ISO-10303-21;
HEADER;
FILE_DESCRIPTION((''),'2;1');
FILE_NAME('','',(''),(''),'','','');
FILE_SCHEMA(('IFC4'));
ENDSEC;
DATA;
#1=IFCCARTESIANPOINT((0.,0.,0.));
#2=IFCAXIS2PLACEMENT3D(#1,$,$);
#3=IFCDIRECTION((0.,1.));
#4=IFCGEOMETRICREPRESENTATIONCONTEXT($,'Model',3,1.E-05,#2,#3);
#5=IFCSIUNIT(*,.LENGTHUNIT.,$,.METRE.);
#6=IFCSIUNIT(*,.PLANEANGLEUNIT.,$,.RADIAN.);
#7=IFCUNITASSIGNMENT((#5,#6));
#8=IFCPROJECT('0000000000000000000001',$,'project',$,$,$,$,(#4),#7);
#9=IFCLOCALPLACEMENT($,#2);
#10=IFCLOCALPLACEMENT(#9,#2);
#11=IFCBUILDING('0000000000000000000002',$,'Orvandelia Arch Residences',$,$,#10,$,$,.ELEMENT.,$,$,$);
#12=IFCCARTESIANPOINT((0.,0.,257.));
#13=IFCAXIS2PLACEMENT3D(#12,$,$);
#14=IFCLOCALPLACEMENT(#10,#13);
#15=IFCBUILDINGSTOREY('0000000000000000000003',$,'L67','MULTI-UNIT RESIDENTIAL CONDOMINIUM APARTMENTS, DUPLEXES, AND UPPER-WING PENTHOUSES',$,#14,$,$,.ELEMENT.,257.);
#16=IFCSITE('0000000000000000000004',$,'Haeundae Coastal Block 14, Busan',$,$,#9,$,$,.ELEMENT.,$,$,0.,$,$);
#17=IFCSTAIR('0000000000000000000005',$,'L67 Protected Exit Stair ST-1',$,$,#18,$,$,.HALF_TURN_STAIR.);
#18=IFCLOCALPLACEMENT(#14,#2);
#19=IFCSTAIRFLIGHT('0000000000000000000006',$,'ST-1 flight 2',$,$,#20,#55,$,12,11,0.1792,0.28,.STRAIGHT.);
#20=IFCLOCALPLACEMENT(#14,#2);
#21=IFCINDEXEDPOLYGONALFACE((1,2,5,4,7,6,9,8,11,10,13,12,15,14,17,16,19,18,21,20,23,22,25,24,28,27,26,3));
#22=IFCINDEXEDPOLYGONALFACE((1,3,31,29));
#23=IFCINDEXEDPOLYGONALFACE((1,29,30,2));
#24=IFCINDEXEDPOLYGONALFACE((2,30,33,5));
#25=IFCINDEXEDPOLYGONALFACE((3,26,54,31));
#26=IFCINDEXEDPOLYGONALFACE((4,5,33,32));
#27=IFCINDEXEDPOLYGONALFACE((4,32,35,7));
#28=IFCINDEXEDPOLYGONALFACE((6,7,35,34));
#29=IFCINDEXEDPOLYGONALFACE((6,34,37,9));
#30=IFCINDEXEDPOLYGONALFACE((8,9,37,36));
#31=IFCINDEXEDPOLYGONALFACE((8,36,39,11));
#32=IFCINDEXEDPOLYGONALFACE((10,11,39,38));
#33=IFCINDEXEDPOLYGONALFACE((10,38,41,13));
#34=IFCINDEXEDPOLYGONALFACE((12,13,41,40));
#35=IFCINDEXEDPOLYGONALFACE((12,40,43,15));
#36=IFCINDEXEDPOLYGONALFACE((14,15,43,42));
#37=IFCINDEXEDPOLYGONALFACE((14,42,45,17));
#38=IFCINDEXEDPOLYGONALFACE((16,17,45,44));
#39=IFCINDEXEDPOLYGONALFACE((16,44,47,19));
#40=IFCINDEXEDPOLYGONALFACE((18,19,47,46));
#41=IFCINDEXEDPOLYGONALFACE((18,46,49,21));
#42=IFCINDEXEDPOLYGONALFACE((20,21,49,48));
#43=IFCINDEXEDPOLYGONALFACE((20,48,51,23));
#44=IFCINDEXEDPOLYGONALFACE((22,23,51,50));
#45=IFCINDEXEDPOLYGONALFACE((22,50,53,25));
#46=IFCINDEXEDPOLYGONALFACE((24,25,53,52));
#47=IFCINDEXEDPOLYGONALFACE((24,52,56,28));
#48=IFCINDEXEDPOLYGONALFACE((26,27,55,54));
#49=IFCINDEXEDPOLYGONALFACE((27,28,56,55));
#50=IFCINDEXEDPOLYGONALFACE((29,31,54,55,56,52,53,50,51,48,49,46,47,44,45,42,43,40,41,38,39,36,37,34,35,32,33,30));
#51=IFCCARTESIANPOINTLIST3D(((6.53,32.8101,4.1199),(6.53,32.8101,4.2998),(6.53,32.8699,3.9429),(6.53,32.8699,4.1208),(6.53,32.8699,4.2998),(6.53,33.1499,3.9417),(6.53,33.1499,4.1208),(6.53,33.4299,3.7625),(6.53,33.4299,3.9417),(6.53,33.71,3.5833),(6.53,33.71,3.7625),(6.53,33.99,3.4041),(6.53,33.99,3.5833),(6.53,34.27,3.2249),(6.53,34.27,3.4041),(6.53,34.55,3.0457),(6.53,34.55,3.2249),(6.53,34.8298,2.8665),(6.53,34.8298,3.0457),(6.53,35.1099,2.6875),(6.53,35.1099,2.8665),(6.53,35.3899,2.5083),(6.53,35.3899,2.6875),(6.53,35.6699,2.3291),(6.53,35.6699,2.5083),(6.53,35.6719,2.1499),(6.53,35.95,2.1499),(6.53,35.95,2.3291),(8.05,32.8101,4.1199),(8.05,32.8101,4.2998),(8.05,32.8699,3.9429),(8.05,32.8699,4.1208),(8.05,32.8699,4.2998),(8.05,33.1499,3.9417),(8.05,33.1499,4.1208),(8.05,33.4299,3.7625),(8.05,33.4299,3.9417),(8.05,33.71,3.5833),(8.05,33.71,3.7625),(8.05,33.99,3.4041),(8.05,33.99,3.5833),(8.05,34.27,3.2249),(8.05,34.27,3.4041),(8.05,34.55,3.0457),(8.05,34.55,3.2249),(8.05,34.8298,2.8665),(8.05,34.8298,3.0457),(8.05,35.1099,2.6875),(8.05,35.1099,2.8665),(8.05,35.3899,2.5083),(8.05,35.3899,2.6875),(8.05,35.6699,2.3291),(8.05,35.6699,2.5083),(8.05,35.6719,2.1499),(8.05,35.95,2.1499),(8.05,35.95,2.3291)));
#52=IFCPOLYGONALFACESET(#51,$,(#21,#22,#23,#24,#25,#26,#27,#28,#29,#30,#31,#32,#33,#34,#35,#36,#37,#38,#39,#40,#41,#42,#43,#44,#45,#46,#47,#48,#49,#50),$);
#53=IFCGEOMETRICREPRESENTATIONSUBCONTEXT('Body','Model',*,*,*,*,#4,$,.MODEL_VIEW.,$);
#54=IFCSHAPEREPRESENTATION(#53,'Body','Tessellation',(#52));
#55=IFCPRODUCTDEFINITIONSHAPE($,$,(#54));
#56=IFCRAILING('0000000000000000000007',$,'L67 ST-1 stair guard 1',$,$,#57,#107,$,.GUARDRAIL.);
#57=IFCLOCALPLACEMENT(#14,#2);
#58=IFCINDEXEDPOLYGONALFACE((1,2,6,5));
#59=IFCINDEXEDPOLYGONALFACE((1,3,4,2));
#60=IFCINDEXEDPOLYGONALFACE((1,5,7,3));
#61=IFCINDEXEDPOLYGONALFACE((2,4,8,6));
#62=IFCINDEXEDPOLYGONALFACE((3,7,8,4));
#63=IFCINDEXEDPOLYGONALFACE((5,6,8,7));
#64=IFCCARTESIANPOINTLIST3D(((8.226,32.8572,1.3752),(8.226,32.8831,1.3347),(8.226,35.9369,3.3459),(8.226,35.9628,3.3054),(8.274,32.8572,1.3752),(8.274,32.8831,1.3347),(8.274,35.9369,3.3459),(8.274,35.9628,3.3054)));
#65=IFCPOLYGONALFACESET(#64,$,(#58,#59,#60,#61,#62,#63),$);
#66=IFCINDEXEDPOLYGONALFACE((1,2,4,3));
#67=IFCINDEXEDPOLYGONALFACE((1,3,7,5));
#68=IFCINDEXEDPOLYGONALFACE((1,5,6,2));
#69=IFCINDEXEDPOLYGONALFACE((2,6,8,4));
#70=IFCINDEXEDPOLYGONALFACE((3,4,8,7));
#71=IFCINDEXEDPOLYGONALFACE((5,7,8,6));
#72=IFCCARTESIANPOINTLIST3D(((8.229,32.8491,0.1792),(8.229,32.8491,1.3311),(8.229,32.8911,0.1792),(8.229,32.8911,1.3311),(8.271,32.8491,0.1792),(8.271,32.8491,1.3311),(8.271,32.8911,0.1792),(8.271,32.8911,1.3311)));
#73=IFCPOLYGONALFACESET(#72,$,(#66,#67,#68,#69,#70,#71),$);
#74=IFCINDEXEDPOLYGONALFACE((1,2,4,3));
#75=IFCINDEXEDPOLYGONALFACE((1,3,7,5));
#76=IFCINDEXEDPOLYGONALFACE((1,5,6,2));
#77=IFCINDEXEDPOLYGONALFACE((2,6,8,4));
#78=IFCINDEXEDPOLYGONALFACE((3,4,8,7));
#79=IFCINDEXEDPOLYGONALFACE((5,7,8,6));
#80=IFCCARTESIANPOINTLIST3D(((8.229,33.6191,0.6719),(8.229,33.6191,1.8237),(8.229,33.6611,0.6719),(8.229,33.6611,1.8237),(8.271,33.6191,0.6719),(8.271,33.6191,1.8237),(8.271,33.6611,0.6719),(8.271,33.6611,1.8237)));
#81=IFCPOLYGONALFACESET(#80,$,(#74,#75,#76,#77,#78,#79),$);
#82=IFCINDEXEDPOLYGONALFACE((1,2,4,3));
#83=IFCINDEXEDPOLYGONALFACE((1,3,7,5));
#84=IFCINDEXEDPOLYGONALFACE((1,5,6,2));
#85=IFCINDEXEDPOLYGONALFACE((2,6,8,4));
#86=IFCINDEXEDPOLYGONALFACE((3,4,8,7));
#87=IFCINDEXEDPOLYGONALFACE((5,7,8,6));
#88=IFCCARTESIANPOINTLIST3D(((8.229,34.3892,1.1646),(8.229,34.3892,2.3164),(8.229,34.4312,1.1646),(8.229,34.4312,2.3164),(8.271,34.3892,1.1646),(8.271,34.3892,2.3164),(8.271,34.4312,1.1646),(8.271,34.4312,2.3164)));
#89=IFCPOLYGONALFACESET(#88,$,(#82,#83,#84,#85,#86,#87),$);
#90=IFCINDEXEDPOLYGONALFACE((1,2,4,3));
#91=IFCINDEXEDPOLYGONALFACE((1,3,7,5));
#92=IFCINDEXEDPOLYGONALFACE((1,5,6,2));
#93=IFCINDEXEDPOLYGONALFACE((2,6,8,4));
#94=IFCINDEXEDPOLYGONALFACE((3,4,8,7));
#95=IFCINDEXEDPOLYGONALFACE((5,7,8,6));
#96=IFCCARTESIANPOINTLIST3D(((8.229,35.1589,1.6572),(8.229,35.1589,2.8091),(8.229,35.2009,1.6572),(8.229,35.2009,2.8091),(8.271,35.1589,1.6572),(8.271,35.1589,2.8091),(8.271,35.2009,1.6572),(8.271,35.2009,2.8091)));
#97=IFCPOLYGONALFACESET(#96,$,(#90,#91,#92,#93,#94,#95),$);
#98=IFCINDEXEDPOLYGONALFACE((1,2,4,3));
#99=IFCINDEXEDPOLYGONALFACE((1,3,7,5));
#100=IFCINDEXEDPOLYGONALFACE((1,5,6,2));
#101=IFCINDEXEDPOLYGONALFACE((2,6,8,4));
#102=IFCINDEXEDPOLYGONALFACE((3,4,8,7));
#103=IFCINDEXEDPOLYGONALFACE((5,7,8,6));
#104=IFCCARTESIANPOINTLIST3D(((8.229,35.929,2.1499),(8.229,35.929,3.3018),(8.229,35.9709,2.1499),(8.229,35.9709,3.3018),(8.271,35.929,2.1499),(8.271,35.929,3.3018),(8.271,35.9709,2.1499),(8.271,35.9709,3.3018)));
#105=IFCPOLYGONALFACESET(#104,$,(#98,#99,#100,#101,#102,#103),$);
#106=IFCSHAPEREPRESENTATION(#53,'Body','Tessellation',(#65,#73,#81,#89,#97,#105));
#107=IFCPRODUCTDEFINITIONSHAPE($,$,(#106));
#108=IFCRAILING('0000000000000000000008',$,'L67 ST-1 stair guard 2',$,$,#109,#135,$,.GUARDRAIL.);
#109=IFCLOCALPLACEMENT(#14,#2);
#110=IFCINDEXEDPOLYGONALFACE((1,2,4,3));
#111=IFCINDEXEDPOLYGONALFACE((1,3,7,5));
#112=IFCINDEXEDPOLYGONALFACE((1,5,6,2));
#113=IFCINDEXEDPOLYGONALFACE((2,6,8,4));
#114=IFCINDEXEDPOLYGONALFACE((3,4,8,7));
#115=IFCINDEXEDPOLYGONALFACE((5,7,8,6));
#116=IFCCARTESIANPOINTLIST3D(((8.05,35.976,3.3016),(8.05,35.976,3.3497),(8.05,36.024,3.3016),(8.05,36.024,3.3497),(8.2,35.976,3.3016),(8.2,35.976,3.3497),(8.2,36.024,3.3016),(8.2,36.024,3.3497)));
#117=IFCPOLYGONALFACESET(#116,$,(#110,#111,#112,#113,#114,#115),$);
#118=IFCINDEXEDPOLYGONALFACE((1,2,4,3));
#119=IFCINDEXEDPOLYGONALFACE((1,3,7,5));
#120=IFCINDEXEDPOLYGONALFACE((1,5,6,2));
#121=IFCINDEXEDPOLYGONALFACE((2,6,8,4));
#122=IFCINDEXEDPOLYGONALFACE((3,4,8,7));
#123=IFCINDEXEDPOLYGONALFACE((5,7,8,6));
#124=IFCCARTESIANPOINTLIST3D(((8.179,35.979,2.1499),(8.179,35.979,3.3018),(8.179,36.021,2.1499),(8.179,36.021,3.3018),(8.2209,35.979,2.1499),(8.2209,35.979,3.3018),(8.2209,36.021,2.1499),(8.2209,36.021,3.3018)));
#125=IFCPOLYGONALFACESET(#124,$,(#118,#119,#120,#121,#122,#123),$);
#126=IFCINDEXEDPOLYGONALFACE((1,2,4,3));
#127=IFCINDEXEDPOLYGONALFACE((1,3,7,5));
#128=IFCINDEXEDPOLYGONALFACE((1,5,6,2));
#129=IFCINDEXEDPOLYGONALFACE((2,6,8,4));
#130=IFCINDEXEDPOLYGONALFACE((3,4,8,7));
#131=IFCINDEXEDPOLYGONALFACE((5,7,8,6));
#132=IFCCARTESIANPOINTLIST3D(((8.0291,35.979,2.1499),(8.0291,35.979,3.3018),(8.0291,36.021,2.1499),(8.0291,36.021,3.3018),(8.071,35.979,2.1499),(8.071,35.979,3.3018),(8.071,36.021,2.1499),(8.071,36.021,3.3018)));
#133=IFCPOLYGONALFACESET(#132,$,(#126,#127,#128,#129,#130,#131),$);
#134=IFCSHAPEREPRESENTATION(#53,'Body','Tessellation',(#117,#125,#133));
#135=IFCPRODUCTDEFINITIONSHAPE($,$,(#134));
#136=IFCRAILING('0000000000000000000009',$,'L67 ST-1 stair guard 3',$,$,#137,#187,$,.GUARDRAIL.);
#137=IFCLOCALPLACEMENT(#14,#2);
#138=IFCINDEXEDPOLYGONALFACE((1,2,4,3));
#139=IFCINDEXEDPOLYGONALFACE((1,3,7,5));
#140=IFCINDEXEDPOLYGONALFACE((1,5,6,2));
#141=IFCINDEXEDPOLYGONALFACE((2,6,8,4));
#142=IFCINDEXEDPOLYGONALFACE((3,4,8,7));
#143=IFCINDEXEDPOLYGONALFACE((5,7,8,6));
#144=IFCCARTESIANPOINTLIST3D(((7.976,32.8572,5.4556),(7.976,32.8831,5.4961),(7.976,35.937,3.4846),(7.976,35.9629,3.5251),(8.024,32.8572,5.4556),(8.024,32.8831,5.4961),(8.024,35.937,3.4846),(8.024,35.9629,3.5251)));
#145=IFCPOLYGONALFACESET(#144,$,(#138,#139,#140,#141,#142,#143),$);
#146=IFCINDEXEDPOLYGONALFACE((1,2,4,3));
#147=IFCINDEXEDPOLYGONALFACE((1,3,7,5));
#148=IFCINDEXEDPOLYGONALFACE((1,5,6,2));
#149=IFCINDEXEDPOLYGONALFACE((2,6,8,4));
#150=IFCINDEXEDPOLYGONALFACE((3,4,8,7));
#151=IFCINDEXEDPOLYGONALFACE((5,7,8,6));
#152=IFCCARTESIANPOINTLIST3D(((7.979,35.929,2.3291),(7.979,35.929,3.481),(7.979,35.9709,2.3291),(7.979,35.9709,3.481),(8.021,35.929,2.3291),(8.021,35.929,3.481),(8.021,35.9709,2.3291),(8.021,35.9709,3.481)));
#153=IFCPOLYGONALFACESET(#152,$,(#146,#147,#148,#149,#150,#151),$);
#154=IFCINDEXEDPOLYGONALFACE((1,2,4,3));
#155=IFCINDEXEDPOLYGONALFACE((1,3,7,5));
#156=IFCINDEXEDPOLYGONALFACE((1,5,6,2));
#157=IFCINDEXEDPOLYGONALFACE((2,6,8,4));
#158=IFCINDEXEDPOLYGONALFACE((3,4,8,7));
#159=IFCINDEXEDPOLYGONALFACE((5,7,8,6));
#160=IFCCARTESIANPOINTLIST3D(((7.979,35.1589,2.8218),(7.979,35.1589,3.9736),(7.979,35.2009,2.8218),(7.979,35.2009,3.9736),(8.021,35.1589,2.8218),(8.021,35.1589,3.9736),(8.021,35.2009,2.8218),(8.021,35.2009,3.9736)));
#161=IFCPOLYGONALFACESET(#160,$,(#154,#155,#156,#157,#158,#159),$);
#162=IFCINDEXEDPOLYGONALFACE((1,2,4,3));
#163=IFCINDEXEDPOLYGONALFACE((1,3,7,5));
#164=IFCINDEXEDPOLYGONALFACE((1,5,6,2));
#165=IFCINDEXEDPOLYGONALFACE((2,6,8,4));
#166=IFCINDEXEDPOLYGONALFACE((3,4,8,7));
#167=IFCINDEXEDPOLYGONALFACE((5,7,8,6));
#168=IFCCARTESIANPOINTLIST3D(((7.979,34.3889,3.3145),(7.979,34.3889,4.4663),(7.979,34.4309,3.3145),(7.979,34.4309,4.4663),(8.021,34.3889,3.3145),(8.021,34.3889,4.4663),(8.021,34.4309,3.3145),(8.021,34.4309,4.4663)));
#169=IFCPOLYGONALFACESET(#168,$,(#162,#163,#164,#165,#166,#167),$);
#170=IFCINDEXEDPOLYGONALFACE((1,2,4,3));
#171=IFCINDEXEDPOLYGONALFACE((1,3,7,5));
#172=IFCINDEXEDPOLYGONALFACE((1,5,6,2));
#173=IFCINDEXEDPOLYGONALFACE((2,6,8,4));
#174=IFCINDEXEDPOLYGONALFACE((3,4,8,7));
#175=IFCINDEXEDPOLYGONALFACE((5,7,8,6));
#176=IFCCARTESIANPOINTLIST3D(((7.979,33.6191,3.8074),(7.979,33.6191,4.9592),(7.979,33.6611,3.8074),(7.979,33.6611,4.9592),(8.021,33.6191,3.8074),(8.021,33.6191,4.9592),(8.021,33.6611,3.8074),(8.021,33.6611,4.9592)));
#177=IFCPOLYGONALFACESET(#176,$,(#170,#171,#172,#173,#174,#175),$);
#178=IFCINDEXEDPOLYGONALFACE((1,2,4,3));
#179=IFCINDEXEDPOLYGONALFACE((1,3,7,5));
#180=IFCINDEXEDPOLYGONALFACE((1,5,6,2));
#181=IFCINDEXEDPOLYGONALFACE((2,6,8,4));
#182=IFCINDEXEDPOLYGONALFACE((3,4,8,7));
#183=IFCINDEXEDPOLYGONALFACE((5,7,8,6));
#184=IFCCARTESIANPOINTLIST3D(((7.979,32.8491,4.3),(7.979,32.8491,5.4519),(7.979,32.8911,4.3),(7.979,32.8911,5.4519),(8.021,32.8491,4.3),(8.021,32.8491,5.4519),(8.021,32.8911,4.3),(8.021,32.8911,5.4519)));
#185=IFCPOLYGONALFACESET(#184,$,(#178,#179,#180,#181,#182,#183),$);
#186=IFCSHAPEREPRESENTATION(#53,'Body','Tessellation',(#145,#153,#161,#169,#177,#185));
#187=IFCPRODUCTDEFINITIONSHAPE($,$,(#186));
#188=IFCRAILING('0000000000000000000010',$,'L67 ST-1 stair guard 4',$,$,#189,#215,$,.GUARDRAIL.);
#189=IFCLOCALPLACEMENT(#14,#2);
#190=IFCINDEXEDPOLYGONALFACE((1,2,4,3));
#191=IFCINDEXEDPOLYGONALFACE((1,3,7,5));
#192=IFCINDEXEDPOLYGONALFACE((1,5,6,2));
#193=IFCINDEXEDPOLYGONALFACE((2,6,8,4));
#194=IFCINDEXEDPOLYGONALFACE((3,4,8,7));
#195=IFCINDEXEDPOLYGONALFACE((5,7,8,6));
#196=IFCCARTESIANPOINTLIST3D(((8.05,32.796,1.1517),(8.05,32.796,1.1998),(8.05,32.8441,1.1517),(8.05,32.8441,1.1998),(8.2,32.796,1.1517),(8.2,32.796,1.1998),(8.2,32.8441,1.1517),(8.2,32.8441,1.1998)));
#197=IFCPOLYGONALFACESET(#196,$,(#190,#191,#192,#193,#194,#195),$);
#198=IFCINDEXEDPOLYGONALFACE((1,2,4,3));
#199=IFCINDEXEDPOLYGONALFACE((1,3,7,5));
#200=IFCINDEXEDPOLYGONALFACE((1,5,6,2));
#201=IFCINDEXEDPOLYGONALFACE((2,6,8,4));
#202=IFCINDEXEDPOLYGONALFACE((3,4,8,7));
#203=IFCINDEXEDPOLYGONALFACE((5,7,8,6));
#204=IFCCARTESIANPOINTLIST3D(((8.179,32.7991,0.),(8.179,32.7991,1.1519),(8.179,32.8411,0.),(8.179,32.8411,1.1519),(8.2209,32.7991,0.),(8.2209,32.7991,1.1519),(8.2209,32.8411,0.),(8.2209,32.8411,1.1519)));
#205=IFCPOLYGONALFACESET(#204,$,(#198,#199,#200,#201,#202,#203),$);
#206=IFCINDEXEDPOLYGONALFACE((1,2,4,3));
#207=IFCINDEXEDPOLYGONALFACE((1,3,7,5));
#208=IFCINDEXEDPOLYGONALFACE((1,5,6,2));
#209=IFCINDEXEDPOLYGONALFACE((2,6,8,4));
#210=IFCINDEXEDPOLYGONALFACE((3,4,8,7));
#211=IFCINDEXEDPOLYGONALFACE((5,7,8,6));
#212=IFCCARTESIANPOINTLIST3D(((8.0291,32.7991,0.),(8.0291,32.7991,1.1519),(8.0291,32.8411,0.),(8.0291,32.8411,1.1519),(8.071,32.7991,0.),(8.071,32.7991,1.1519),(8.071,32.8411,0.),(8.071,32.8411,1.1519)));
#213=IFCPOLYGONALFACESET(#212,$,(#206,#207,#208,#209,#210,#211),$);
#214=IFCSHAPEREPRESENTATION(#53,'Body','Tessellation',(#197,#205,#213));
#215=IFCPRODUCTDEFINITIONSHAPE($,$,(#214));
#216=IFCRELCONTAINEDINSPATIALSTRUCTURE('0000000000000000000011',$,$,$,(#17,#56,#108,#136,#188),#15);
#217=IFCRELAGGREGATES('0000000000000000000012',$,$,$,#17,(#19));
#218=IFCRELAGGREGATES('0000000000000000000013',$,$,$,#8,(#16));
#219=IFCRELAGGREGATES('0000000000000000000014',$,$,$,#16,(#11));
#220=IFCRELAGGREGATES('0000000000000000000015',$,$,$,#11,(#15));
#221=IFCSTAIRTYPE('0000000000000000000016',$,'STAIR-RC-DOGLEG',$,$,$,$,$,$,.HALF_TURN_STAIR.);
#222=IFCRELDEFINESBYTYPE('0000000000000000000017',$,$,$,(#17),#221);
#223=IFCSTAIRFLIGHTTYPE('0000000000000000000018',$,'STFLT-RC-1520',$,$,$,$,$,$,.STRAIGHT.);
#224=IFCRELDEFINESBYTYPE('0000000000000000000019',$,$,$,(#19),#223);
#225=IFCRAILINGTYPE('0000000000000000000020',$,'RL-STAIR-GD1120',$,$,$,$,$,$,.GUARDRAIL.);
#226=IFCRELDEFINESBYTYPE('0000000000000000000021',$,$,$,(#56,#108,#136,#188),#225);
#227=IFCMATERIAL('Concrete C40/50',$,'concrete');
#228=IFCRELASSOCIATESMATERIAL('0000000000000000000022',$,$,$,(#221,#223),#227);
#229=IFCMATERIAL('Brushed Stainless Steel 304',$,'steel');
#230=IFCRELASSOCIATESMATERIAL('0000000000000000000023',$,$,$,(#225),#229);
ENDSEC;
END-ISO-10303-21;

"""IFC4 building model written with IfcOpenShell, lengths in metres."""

from ifc_helpers import new_model, si_unit, direction, frame, origin, origin_2d, place, context, subcontext, project, spatial, polyline, rectangle, outline, extrude, material, type_object, element, aggregate, save


model = new_model("IFC4")

# Units and contexts
model_context = context("Model", 3, precision=1e-05, world=origin(), true_north=direction((0.0, 1.0)))
body_context = subcontext(model_context, "Body", "Model", "MODEL_VIEW")
ifc_project = project(units=[si_unit("LENGTHUNIT", "METRE"), si_unit("PLANEANGLEUNIT", "RADIAN")], contexts=[model_context])

# Site, building, storey
site_placement = place(None, origin())
site = spatial("IfcSite", under=ifc_project, at=site_placement, Name="Haeundae Coastal Block 14, Busan", CompositionType="ELEMENT", RefElevation=0.0)
building_placement = place(site_placement, origin())
building = spatial("IfcBuilding", under=site, at=building_placement, Name="Orvandelia Arch Residences", CompositionType="ELEMENT")
storey_placement = place(building_placement, frame((0.0, 0.0, 257.0)))
storey = spatial("IfcBuildingStorey", under=building, at=storey_placement, Name="L67", Description="MULTI-UNIT RESIDENTIAL CONDOMINIUM APARTMENTS, DUPLEXES, AND UPPER-WING PENTHOUSES", CompositionType="ELEMENT", Elevation=257.0)

# Stair, stair flight
ifc_material_1 = material(Name="Concrete C40/50", Category="concrete")
stair_type = type_object("IfcStairType", Name="STAIR-RC-DOGLEG", PredefinedType="HALF_TURN_STAIR", material=ifc_material_1)
stair_placement = place(storey_placement, origin())
stair = element("IfcStair", 1, at=stair_placement, inside=storey, type_object=stair_type, Name="L67 Protected Exit Stair ST-1", PredefinedType="HALF_TURN_STAIR")
stair_flight_type = type_object("IfcStairFlightType", Name="STFLT-RC-1520", PredefinedType="STRAIGHT", material=ifc_material_1)
stair_flight_1_placement = place(storey_placement, frame((7.29, 35.95, 2.1499), z_axis=(0.0, 0.0, 1.0), x_axis=(0.0, -1.0, 0.0)))
stair_flight_1 = element("IfcStairFlight", 2, at=stair_flight_1_placement, type_object=stair_flight_type, Name="ST-1 flight 2", NumberOfRisers=12, NumberOfTreads=11, PredefinedType="STRAIGHT", RiserHeight=0.1792, TreadLength=0.28, context=body_context, shape_type="SweptSolid", body=[
    extrude(outline(polyline([(0.0, 0.0), (0.0, 0.1792), (0.28, 0.1792), (0.28, 0.3584), (0.5601, 0.3584), (0.5601, 0.5376), (0.8401, 0.5376), (0.8401, 0.7166), (1.1201, 0.7166), (1.1201, 0.8958), (1.3999, 0.8958), (1.3999, 1.075), (1.6799, 1.075), (1.6799, 1.2542), (1.96, 1.2542), (1.96, 1.4333), (2.24, 1.4333), (2.24, 1.6125), (2.52, 1.6125), (2.52, 1.7917), (2.8, 1.7917), (2.8, 1.9709), (3.0801, 1.9709), (3.0801, 2.1499), (3.1399, 2.1499), (3.1399, 1.97), (3.0801, 1.793), (0.2781, 0.0), (0.0, 0.0)])), frame((0.0, 0.76, 0.0), z_axis=(0.0, -1.0, 0.0), x_axis=(1.0, 0.0, 0.0)), (0.0, 0.0, 1.0), 1.52),
])
aggregate(stair, [stair_flight_1])

# Railings
ifc_material_2 = material(Name="Brushed Stainless Steel 304", Category="steel")
railing_type_1 = type_object("IfcRailingType", Name="RL-STAIR-GD1120", PredefinedType="GUARDRAIL", material=ifc_material_2)
railing_1_placement = place(storey_placement, frame((8.25, 32.8701, 0.1792)))
element("IfcRailing", 3, at=railing_1_placement, inside=storey, type_object=railing_type_1, Name="L67 ST-1 stair guard 1", PredefinedType="GUARDRAIL", context=body_context, shape_type="SweptSolid", body=[
    extrude(rectangle(XDim=0.0481, YDim=0.0481, at=origin_2d()), frame((0.0, 0.0, 1.1758), z_axis=(0.0, 0.84232, 0.538978), x_axis=(-1.0, 0.0, 0.0)), (0.0, 0.0, 1.0), 3.6562),
    extrude(rectangle(XDim=0.042, YDim=0.042, at=origin_2d()), origin(), (0.0, 0.0, 1.0), 1.1519),
    extrude(rectangle(XDim=0.042, YDim=0.042, at=origin_2d()), frame((0.0, 0.77, 0.4927)), (0.0, 0.0, 1.0), 1.1519),
    extrude(rectangle(XDim=0.042, YDim=0.042, at=origin_2d()), frame((0.0, 1.54, 0.9854)), (0.0, 0.0, 1.0), 1.1519),
    extrude(rectangle(XDim=0.042, YDim=0.042, at=origin_2d()), frame((0.0, 2.3098, 1.478)), (0.0, 0.0, 1.0), 1.1519),
    extrude(rectangle(XDim=0.042, YDim=0.042, at=origin_2d()), frame((0.0, 3.0798, 1.9707)), (0.0, 0.0, 1.0), 1.1519),
])
railing_2_placement = place(storey_placement, frame((8.2, 36.0, 2.1499)))
element("IfcRailing", 4, at=railing_2_placement, inside=storey, type_object=railing_type_1, Name="L67 ST-1 stair guard 2", PredefinedType="GUARDRAIL", context=body_context, shape_type="SweptSolid", body=[
    extrude(rectangle(XDim=0.0481, YDim=0.0481, at=origin_2d()), frame((0.0, 0.0, 1.1758), z_axis=(-1.0, 0.0, 0.0), x_axis=(0.0, -1.0, 0.0)), (0.0, 0.0, 1.0), 0.1499),
    extrude(rectangle(XDim=0.042, YDim=0.042, at=origin_2d()), origin(), (0.0, 0.0, 1.0), 1.1519),
    extrude(rectangle(XDim=0.042, YDim=0.042, at=origin_2d()), frame((-0.1499, 0.0, 0.0)), (0.0, 0.0, 1.0), 1.1519),
])
railing_3_placement = place(storey_placement, frame((8.0, 35.95, 2.3291)))
element("IfcRailing", 5, at=railing_3_placement, inside=storey, type_object=railing_type_1, Name="L67 ST-1 stair guard 3", PredefinedType="GUARDRAIL", context=body_context, shape_type="SweptSolid", body=[
    extrude(rectangle(XDim=0.0481, YDim=0.0481, at=origin_2d()), frame((0.0, 0.0, 1.1758), z_axis=(0.0, -0.84229, 0.539025), x_axis=(1.0, 0.0, 0.0)), (0.0, 0.0, 1.0), 3.6565),
    extrude(rectangle(XDim=0.042, YDim=0.042, at=origin_2d()), origin(), (0.0, 0.0, 1.0), 1.1519),
    extrude(rectangle(XDim=0.042, YDim=0.042, at=origin_2d()), frame((0.0, -0.77, 0.4927)), (0.0, 0.0, 1.0), 1.1519),
    extrude(rectangle(XDim=0.042, YDim=0.042, at=origin_2d()), frame((0.0, -1.54, 0.9854)), (0.0, 0.0, 1.0), 1.1519),
    extrude(rectangle(XDim=0.042, YDim=0.042, at=origin_2d()), frame((0.0, -2.3098, 1.4783)), (0.0, 0.0, 1.0), 1.1519),
    extrude(rectangle(XDim=0.042, YDim=0.042, at=origin_2d()), frame((0.0, -3.0798, 1.9709)), (0.0, 0.0, 1.0), 1.1519),
])
railing_4_placement = place(storey_placement, frame((8.2, 32.8201, 0.0)))
element("IfcRailing", 6, at=railing_4_placement, inside=storey, type_object=railing_type_1, Name="L67 ST-1 stair guard 4", PredefinedType="GUARDRAIL", context=body_context, shape_type="SweptSolid", body=[
    extrude(rectangle(XDim=0.0481, YDim=0.0481, at=origin_2d()), frame((0.0, 0.0, 1.1758), z_axis=(-1.0, 0.0, 0.0), x_axis=(0.0, -1.0, 0.0)), (0.0, 0.0, 1.0), 0.1499),
    extrude(rectangle(XDim=0.042, YDim=0.042, at=origin_2d()), origin(), (0.0, 0.0, 1.0), 1.1519),
    extrude(rectangle(XDim=0.042, YDim=0.042, at=origin_2d()), frame((-0.1499, 0.0, 0.0)), (0.0, 0.0, 1.0), 1.1519),
])

save(model, "model.ifc")
